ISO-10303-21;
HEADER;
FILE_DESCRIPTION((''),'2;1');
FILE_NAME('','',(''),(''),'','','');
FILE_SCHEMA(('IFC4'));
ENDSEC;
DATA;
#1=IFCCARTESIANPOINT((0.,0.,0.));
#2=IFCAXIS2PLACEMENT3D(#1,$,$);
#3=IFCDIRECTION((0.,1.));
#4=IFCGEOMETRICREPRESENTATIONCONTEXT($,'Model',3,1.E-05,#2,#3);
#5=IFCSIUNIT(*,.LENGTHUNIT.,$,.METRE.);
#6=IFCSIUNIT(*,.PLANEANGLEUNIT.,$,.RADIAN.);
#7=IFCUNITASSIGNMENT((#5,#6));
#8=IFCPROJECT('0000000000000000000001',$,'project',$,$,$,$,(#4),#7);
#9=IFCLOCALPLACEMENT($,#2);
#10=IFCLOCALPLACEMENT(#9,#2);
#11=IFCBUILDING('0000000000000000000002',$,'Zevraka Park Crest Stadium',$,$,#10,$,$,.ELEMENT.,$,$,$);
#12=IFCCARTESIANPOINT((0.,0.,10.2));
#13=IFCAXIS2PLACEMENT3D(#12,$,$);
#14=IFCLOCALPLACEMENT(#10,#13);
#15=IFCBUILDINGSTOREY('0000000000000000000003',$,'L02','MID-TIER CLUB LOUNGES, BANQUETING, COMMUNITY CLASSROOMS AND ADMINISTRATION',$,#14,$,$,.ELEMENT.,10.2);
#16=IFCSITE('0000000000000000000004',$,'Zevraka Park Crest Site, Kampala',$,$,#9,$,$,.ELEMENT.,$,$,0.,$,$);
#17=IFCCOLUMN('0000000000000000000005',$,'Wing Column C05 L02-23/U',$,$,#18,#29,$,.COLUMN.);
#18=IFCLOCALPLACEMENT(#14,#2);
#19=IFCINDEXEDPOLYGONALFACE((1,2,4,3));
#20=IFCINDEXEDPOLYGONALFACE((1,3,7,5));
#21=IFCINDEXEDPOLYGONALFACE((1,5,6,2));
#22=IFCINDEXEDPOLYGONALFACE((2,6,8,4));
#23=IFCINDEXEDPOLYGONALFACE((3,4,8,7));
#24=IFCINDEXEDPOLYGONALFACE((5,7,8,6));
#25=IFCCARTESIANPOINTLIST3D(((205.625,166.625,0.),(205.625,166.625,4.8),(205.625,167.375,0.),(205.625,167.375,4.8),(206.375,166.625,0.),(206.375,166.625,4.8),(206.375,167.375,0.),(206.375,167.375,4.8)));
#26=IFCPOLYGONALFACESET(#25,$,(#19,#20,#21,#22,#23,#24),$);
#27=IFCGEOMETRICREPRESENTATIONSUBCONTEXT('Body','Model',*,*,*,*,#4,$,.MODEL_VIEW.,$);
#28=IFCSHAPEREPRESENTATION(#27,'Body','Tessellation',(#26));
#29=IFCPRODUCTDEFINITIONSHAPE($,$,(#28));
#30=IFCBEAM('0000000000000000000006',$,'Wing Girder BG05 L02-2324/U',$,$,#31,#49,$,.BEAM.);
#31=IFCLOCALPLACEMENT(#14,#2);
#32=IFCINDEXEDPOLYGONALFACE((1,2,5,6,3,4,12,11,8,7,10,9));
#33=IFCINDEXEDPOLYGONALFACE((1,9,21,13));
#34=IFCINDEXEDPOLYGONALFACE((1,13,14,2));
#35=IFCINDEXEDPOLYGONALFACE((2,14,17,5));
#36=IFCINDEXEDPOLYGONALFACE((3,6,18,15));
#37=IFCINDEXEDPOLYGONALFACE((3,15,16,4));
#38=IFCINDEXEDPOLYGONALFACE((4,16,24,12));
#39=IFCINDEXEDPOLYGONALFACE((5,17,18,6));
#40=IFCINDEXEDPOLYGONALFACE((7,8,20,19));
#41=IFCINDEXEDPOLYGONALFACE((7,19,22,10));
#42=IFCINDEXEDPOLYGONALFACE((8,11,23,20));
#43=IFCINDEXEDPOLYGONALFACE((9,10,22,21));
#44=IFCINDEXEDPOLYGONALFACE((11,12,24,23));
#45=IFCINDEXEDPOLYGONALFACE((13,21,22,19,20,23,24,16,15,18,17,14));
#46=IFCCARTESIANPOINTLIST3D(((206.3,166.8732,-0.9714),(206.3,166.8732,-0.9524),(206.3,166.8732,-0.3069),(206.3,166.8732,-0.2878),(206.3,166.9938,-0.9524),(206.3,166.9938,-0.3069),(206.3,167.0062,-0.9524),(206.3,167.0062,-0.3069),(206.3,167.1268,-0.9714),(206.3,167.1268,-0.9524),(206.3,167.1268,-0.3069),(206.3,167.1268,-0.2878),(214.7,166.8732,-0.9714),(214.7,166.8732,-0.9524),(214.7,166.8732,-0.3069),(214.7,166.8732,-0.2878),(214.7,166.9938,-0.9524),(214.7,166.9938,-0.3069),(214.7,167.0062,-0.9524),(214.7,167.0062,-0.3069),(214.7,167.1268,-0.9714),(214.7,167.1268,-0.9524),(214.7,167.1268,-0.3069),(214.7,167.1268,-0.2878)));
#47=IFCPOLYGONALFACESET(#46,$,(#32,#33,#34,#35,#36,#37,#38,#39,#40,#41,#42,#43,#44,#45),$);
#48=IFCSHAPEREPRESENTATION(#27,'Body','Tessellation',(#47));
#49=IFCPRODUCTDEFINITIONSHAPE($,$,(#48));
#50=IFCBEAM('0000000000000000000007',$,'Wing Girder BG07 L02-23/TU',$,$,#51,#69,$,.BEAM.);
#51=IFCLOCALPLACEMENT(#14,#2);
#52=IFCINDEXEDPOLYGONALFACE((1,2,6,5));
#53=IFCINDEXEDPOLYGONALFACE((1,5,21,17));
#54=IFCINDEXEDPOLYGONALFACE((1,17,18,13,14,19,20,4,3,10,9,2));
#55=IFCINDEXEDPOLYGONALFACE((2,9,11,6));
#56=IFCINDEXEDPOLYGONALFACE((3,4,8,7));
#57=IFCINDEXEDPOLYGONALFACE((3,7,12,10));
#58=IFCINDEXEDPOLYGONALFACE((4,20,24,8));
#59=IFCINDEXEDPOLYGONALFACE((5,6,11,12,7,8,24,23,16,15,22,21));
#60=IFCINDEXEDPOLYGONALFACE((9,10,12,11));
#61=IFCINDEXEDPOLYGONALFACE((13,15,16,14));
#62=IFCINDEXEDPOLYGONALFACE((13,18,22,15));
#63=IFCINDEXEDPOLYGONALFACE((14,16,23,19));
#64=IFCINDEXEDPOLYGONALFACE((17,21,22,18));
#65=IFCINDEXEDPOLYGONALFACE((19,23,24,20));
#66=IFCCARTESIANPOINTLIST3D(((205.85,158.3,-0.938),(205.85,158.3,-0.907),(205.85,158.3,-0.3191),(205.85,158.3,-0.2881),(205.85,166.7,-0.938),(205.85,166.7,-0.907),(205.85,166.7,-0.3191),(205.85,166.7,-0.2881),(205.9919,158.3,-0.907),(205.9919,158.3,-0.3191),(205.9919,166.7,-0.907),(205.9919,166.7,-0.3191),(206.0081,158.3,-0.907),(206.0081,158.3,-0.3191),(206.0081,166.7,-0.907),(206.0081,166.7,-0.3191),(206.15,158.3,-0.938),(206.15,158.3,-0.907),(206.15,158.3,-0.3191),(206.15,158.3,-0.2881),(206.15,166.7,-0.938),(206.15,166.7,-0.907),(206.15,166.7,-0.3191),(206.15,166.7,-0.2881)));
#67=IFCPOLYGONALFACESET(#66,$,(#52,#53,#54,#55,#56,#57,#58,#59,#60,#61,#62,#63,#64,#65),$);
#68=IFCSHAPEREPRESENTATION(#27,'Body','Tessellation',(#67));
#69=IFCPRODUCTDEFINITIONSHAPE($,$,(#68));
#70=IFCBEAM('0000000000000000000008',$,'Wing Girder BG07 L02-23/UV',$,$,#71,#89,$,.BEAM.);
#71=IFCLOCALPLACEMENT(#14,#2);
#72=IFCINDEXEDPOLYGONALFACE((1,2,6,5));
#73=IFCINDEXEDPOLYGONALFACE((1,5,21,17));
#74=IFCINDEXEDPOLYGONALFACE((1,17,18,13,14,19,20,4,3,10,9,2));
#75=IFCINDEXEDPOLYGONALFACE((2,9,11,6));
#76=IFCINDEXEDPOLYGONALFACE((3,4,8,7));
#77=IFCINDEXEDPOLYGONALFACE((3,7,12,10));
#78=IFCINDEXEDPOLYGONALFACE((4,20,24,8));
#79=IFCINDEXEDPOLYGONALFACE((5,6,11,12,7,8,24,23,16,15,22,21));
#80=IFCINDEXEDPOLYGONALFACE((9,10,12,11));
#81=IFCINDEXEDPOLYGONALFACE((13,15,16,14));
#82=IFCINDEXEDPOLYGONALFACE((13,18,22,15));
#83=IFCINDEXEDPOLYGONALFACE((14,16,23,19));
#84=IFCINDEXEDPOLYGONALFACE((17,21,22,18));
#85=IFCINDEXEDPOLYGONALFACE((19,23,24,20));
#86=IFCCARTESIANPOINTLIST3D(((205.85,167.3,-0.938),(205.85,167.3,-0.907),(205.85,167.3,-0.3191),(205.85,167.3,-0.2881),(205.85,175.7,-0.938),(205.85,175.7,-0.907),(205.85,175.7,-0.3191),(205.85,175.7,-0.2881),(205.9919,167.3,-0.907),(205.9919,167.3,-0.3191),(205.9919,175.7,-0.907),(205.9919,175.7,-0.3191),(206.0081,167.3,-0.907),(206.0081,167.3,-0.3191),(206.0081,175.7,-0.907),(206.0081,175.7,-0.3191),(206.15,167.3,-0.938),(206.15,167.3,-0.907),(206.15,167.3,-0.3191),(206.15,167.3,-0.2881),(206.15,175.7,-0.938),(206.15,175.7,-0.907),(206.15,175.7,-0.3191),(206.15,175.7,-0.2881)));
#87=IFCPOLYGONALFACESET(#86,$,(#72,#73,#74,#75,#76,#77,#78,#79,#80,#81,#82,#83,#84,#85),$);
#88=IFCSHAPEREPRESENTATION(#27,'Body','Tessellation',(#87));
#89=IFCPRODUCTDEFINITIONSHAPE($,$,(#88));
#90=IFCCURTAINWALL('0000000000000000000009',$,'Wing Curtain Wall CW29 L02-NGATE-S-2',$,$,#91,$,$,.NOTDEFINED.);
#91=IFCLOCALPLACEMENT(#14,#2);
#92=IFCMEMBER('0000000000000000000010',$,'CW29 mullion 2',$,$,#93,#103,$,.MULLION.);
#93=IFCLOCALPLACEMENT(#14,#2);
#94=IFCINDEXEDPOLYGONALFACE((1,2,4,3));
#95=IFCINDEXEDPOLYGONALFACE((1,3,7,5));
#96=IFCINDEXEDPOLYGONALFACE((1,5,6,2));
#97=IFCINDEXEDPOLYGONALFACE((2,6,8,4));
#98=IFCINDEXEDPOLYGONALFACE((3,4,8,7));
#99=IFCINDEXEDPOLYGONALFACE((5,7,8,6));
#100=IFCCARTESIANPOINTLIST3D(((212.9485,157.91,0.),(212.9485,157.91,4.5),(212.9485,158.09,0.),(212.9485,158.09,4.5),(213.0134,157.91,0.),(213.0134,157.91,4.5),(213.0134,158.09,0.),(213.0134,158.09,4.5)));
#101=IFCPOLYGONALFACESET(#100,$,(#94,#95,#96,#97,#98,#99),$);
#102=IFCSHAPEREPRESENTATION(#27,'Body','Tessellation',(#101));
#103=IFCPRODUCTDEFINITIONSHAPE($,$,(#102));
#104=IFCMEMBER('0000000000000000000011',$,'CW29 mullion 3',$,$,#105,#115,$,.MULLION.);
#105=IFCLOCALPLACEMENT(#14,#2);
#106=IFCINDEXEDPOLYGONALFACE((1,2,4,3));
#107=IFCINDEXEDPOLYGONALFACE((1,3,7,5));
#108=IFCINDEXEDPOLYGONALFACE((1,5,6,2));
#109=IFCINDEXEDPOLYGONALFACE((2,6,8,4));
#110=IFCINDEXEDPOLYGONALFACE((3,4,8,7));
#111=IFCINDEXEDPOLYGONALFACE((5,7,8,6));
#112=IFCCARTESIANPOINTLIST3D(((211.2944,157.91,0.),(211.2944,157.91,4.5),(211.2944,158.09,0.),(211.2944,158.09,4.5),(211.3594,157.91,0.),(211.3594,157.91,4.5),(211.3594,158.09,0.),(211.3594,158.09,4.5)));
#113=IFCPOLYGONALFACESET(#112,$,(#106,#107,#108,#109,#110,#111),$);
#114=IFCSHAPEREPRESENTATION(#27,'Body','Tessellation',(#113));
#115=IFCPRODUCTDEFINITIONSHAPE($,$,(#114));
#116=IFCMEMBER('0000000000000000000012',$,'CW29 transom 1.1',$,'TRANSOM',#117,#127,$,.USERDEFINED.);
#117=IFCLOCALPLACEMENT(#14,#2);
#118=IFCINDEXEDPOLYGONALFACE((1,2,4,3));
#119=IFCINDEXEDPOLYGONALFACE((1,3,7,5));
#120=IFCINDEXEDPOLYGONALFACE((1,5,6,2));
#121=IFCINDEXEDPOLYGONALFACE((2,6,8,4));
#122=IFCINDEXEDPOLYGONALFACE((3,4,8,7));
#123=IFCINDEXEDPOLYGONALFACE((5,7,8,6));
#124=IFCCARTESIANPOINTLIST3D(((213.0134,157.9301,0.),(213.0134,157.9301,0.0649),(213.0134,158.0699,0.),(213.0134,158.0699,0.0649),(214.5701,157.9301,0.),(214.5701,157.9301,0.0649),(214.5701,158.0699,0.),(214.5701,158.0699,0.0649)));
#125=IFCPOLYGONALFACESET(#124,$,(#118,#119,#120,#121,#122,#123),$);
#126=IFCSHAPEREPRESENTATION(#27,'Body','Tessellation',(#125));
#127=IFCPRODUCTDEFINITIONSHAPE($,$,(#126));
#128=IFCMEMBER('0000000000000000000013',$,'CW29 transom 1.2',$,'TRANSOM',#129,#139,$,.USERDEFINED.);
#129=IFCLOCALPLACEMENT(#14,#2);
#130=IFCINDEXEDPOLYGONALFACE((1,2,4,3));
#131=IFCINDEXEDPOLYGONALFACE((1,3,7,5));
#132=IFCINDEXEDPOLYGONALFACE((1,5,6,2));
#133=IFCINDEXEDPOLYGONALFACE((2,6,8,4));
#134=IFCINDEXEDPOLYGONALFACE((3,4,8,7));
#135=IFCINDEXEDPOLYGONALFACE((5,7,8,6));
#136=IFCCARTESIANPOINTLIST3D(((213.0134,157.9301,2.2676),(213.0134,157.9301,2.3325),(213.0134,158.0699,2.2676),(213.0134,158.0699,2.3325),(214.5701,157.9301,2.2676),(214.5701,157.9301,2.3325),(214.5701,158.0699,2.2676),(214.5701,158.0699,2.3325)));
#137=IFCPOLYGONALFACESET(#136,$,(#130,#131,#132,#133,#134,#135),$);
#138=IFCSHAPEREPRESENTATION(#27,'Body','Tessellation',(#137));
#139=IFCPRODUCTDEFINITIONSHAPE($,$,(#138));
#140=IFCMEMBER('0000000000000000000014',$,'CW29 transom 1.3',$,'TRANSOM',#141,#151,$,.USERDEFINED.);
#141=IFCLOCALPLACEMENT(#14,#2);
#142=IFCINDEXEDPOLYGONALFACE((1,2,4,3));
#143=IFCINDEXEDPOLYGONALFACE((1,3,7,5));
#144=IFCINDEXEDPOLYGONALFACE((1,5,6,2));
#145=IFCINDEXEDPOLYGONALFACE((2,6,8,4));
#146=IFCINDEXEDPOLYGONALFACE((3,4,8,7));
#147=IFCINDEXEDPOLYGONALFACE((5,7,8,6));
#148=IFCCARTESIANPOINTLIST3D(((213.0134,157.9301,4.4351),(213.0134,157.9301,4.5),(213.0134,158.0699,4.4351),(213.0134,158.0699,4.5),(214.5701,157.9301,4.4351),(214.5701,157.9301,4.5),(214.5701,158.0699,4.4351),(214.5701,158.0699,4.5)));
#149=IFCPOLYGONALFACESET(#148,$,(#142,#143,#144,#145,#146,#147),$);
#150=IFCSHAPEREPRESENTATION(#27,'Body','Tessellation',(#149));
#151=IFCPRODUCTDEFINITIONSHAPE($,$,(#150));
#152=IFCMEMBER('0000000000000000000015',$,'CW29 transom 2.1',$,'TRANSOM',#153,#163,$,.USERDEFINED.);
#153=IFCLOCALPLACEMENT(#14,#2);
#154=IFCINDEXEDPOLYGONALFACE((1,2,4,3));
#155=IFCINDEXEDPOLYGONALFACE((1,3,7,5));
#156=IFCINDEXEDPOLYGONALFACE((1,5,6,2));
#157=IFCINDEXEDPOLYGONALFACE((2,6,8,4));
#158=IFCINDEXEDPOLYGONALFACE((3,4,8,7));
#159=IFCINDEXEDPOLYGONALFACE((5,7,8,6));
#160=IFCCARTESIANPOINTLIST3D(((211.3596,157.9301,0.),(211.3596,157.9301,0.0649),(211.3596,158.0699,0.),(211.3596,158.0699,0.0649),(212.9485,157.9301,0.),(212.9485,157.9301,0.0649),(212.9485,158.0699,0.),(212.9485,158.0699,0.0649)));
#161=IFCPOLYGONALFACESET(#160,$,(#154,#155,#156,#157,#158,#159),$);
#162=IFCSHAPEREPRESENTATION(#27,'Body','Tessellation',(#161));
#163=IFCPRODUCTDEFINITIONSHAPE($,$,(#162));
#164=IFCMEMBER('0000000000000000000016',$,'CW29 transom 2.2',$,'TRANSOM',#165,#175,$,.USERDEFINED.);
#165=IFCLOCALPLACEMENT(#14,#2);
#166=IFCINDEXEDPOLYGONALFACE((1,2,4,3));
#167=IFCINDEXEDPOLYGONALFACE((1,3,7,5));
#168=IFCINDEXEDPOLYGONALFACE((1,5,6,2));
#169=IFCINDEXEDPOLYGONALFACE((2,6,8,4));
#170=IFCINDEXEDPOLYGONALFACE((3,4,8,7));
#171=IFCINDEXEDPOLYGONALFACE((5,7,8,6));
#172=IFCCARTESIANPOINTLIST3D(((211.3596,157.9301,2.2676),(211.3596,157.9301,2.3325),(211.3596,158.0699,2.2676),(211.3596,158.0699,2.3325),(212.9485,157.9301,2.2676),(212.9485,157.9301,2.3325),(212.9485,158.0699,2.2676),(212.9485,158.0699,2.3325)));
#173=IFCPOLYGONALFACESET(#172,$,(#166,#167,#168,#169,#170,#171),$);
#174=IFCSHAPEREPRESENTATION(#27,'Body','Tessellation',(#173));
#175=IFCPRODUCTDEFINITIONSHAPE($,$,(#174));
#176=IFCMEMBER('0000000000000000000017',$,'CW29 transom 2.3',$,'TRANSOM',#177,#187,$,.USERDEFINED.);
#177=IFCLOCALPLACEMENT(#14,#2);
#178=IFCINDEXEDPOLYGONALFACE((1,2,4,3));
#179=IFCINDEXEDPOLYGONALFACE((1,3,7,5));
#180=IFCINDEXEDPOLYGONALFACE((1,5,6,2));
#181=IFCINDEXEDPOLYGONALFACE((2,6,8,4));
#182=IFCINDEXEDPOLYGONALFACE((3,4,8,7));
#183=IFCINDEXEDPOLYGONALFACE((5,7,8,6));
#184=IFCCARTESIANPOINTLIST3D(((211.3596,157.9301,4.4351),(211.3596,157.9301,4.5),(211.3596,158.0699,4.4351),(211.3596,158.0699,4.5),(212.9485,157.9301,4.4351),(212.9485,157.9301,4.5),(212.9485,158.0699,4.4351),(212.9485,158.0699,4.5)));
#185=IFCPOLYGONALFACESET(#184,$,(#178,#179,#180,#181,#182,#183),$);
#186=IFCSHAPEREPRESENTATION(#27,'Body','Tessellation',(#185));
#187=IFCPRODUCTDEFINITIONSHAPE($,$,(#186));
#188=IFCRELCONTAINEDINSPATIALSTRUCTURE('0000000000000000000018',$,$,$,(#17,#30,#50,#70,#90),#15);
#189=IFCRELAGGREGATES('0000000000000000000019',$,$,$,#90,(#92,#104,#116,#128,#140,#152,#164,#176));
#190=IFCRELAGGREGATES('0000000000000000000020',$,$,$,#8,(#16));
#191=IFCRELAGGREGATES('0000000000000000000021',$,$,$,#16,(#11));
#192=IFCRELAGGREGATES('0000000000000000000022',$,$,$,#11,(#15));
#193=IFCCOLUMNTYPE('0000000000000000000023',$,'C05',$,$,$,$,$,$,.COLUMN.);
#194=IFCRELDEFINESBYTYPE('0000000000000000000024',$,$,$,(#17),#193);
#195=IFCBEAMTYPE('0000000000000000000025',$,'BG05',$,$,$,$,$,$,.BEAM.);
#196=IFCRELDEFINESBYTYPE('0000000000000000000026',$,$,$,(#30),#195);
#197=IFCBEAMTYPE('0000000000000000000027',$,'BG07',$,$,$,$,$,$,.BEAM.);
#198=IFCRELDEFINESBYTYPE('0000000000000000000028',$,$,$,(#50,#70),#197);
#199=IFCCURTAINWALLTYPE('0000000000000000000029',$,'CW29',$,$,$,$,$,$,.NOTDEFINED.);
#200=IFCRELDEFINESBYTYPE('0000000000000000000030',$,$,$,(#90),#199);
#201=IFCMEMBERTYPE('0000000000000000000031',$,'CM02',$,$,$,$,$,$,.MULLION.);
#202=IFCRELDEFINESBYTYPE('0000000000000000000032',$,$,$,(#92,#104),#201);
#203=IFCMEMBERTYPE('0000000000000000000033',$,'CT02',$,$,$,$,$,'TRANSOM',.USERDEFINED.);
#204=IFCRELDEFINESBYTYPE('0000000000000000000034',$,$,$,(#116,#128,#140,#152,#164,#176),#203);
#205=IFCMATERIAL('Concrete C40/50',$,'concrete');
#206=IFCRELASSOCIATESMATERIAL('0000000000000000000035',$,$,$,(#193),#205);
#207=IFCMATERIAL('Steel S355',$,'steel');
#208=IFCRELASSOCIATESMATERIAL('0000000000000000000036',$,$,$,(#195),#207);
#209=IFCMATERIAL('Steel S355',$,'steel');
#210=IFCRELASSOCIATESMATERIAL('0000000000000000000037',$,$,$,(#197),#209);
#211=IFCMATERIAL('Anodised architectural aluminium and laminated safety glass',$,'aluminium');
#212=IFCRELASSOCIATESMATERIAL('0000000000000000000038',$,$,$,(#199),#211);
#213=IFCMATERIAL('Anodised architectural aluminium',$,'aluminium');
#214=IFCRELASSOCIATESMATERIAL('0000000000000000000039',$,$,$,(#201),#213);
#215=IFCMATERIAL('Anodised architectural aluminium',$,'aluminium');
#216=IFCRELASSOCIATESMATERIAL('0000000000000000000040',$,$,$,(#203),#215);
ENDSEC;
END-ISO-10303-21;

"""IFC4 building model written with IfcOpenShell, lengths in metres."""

from ifc_helpers import new_model, si_unit, direction, frame, origin, origin_2d, place, context, subcontext, project, spatial, rectangle, i_section, extrude, material, material_profile, profile_set, type_object, element, aggregate, save


model = new_model("IFC4")

# Units and contexts
model_context = context("Model", 3, precision=1e-05, world=origin(), true_north=direction((0.0, 1.0)))
body_context = subcontext(model_context, "Body", "Model", "MODEL_VIEW")
ifc_project = project(units=[si_unit("LENGTHUNIT", "METRE"), si_unit("PLANEANGLEUNIT", "RADIAN")], contexts=[model_context])

# Site, building, storey
site_placement = place(None, origin())
site = spatial("IfcSite", under=ifc_project, at=site_placement, Name="Zevraka Park Crest Site, Kampala", CompositionType="ELEMENT", RefElevation=0.0)
building_placement = place(site_placement, origin())
building = spatial("IfcBuilding", under=site, at=building_placement, Name="Zevraka Park Crest Stadium", CompositionType="ELEMENT")
storey_placement = place(building_placement, frame((0.0, 0.0, 10.2)))
storey = spatial("IfcBuildingStorey", under=building, at=storey_placement, Name="L02", Description="MID-TIER CLUB LOUNGES, BANQUETING, COMMUNITY CLASSROOMS AND ADMINISTRATION", CompositionType="ELEMENT", Elevation=10.2)

# Column
ifc_material_1 = material(Name="Concrete C40/50", Category="concrete")
ifc_material_profile_1 = material_profile(ifc_material_1, rectangle(XDim=0.75, YDim=0.75, at=origin_2d()), Name="RC 750x750")
ifc_profile_set_1 = profile_set([ifc_material_profile_1], Name="Concrete C40/50")
column_type = type_object("IfcColumnType", Name="C05", PredefinedType="COLUMN", material=ifc_profile_set_1)
column_placement = place(storey_placement, frame((206.0, 167.0, 0.0), z_axis=(0.0, 0.0, 1.0), x_axis=(1.0, 0.0, 0.0)))
element("IfcColumn", 1, at=column_placement, inside=storey, type_object=column_type, Name="Wing Column C05 L02-23/U", PredefinedType="COLUMN", context=body_context, shape_type="SweptSolid", body=[
    extrude(rectangle(XDim=0.75, YDim=0.75, at=origin_2d()), origin(), (0.0, 0.0, 1.0), 4.8),
])

# Beams
ifc_material_2 = material(Name="Steel S355", Category="steel")
ifc_material_profile_2 = material_profile(ifc_material_2, i_section(OverallWidth=0.2537, OverallDepth=0.6836, WebThickness=0.0125, FlangeThickness=0.019, at=origin_2d()), Name="UKB 686x254x140")
ifc_profile_set_2 = profile_set([ifc_material_profile_2], Name="Steel S355")
beam_type_1 = type_object("IfcBeamType", Name="BG05", PredefinedType="BEAM", material=ifc_profile_set_2)
beam_placement = place(storey_placement, frame((206.3, 167.0, -0.6296), z_axis=(1.0, 0.0, 0.0), x_axis=(0.0, 1.0, 0.0)))
element("IfcBeam", 2, at=beam_placement, inside=storey, type_object=beam_type_1, Name="Wing Girder BG05 L02-2324/U", PredefinedType="BEAM", context=body_context, shape_type="SweptSolid", body=[
    extrude(i_section(OverallWidth=0.2537, OverallDepth=0.6836, WebThickness=0.0125, FlangeThickness=0.019, at=origin_2d()), origin(), (0.0, 0.0, 1.0), 8.3999),
])
ifc_material_3 = material(Name="Steel S355", Category="steel")
ifc_material_profile_3 = material_profile(ifc_material_3, i_section(OverallWidth=0.3, OverallDepth=0.6499, WebThickness=0.0161, FlangeThickness=0.031, at=origin_2d()), Name="HEB 650")
ifc_profile_set_3 = profile_set([ifc_material_profile_3], Name="Steel S355")
beam_type_2 = type_object("IfcBeamType", Name="BG07", PredefinedType="BEAM", material=ifc_profile_set_3)
for number, where, z_axis, x_axis, name in (
    (3, (206.0, 158.3, -0.613), (0.0, 1.0, 0.0), (-1.0, 0.0, 0.0), "Wing Girder BG07 L02-23/TU"),
    (4, (206.0, 167.3, -0.613), (0.0, 1.0, 0.0), (-1.0, 0.0, 0.0), "Wing Girder BG07 L02-23/UV"),
):
    element("IfcBeam", number, at=place(storey_placement, frame(where, z_axis=z_axis, x_axis=x_axis)), inside=storey, type_object=beam_type_2, Name=name, PredefinedType="BEAM", context=body_context, shape_type="SweptSolid", body=[
        extrude(i_section(OverallWidth=0.3, OverallDepth=0.6499, WebThickness=0.0161, FlangeThickness=0.031, at=origin_2d()), origin(), (0.0, 0.0, 1.0), 8.3999),
    ])

# Curtain wall, members
ifc_material_4 = material(Name="Anodised architectural aluminium and laminated safety glass", Category="aluminium")
curtain_wall_type = type_object("IfcCurtainWallType", Name="CW29", PredefinedType="NOTDEFINED", material=ifc_material_4)
curtain_wall_placement = place(storey_placement, origin())
curtain_wall = element("IfcCurtainWall", 5, at=curtain_wall_placement, inside=storey, type_object=curtain_wall_type, Name="Wing Curtain Wall CW29 L02-NGATE-S-2", PredefinedType="NOTDEFINED")
ifc_material_5 = material(Name="Anodised architectural aluminium", Category="aluminium")
ifc_material_profile_4 = material_profile(ifc_material_5, rectangle(XDim=0.1799, YDim=0.0649, at=origin_2d()), Name="ALU MULLION 180x65")
ifc_profile_set_4 = profile_set([ifc_material_profile_4], Name="Anodised architectural aluminium")
member_type_1 = type_object("IfcMemberType", Name="CM02", PredefinedType="MULLION", material=ifc_profile_set_4)
member_1_placement = place(storey_placement, frame((212.981, 158.0, 0.0), z_axis=(0.0, 0.0, 1.0), x_axis=(0.0, -1.0, 0.0)))
member_1 = element("IfcMember", 6, at=member_1_placement, type_object=member_type_1, Name="CW29 mullion 2", PredefinedType="MULLION", context=body_context, shape_type="SweptSolid", body=[
    extrude(rectangle(XDim=0.1799, YDim=0.0649, at=origin_2d()), origin(), (0.0, 0.0, 1.0), 4.5),
])
member_2_placement = place(storey_placement, frame((211.3269, 158.0, 0.0), z_axis=(0.0, 0.0, 1.0), x_axis=(0.0, -1.0, 0.0)))
member_2 = element("IfcMember", 7, at=member_2_placement, type_object=member_type_1, Name="CW29 mullion 3", PredefinedType="MULLION", context=body_context, shape_type="SweptSolid", body=[
    extrude(rectangle(XDim=0.1799, YDim=0.0649, at=origin_2d()), origin(), (0.0, 0.0, 1.0), 4.5),
])
ifc_material_6 = material(Name="Anodised architectural aluminium", Category="aluminium")
ifc_material_profile_5 = material_profile(ifc_material_6, rectangle(XDim=0.1399, YDim=0.0649, at=origin_2d()), Name="ALU TRANSOM 140x65")
ifc_profile_set_5 = profile_set([ifc_material_profile_5], Name="Anodised architectural aluminium")
member_type_2 = type_object("IfcMemberType", Name="CT02", ElementType="TRANSOM", PredefinedType="USERDEFINED", material=ifc_profile_set_5)
member_3_placement = place(storey_placement, frame((214.5701, 158.0, 0.0325), z_axis=(-1.0, 0.0, 0.0), x_axis=(0.0, -1.0, 0.0)))
member_3 = element("IfcMember", 8, at=member_3_placement, type_object=member_type_2, Name="CW29 transom 1.1", ObjectType="TRANSOM", PredefinedType="USERDEFINED", context=body_context, shape_type="SweptSolid", body=[
    extrude(rectangle(XDim=0.1399, YDim=0.0649, at=origin_2d()), origin(), (0.0, 0.0, 1.0), 1.5566),
])
member_4_placement = place(storey_placement, frame((214.5701, 158.0, 2.3), z_axis=(-1.0, 0.0, 0.0), x_axis=(0.0, -1.0, 0.0)))
member_4 = element("IfcMember", 9, at=member_4_placement, type_object=member_type_2, Name="CW29 transom 1.2", ObjectType="TRANSOM", PredefinedType="USERDEFINED", context=body_context, shape_type="SweptSolid", body=[
    extrude(rectangle(XDim=0.1399, YDim=0.0649, at=origin_2d()), origin(), (0.0, 0.0, 1.0), 1.5566),
])
member_5_placement = place(storey_placement, frame((214.5701, 158.0, 4.4675), z_axis=(-1.0, 0.0, 0.0), x_axis=(0.0, -1.0, 0.0)))
member_5 = element("IfcMember", 10, at=member_5_placement, type_object=member_type_2, Name="CW29 transom 1.3", ObjectType="TRANSOM", PredefinedType="USERDEFINED", context=body_context, shape_type="SweptSolid", body=[
    extrude(rectangle(XDim=0.1399, YDim=0.0649, at=origin_2d()), origin(), (0.0, 0.0, 1.0), 1.5566),
])
member_6_placement = place(storey_placement, frame((212.9485, 158.0, 0.0325), z_axis=(-1.0, 0.0, 0.0), x_axis=(0.0, -1.0, 0.0)))
member_6 = element("IfcMember", 11, at=member_6_placement, type_object=member_type_2, Name="CW29 transom 2.1", ObjectType="TRANSOM", PredefinedType="USERDEFINED", context=body_context, shape_type="SweptSolid", body=[
    extrude(rectangle(XDim=0.1399, YDim=0.0649, at=origin_2d()), origin(), (0.0, 0.0, 1.0), 1.5889),
])
member_7_placement = place(storey_placement, frame((212.9485, 158.0, 2.3), z_axis=(-1.0, 0.0, 0.0), x_axis=(0.0, -1.0, 0.0)))
member_7 = element("IfcMember", 12, at=member_7_placement, type_object=member_type_2, Name="CW29 transom 2.2", ObjectType="TRANSOM", PredefinedType="USERDEFINED", context=body_context, shape_type="SweptSolid", body=[
    extrude(rectangle(XDim=0.1399, YDim=0.0649, at=origin_2d()), origin(), (0.0, 0.0, 1.0), 1.5889),
])
member_8_placement = place(storey_placement, frame((212.9485, 158.0, 4.4675), z_axis=(-1.0, 0.0, 0.0), x_axis=(0.0, -1.0, 0.0)))
member_8 = element("IfcMember", 13, at=member_8_placement, type_object=member_type_2, Name="CW29 transom 2.3", ObjectType="TRANSOM", PredefinedType="USERDEFINED", context=body_context, shape_type="SweptSolid", body=[
    extrude(rectangle(XDim=0.1399, YDim=0.0649, at=origin_2d()), origin(), (0.0, 0.0, 1.0), 1.5889),
])

aggregate(curtain_wall, [member_1, member_2, member_3, member_4, member_5, member_6, member_7, member_8])

save(model, "model.ifc")
